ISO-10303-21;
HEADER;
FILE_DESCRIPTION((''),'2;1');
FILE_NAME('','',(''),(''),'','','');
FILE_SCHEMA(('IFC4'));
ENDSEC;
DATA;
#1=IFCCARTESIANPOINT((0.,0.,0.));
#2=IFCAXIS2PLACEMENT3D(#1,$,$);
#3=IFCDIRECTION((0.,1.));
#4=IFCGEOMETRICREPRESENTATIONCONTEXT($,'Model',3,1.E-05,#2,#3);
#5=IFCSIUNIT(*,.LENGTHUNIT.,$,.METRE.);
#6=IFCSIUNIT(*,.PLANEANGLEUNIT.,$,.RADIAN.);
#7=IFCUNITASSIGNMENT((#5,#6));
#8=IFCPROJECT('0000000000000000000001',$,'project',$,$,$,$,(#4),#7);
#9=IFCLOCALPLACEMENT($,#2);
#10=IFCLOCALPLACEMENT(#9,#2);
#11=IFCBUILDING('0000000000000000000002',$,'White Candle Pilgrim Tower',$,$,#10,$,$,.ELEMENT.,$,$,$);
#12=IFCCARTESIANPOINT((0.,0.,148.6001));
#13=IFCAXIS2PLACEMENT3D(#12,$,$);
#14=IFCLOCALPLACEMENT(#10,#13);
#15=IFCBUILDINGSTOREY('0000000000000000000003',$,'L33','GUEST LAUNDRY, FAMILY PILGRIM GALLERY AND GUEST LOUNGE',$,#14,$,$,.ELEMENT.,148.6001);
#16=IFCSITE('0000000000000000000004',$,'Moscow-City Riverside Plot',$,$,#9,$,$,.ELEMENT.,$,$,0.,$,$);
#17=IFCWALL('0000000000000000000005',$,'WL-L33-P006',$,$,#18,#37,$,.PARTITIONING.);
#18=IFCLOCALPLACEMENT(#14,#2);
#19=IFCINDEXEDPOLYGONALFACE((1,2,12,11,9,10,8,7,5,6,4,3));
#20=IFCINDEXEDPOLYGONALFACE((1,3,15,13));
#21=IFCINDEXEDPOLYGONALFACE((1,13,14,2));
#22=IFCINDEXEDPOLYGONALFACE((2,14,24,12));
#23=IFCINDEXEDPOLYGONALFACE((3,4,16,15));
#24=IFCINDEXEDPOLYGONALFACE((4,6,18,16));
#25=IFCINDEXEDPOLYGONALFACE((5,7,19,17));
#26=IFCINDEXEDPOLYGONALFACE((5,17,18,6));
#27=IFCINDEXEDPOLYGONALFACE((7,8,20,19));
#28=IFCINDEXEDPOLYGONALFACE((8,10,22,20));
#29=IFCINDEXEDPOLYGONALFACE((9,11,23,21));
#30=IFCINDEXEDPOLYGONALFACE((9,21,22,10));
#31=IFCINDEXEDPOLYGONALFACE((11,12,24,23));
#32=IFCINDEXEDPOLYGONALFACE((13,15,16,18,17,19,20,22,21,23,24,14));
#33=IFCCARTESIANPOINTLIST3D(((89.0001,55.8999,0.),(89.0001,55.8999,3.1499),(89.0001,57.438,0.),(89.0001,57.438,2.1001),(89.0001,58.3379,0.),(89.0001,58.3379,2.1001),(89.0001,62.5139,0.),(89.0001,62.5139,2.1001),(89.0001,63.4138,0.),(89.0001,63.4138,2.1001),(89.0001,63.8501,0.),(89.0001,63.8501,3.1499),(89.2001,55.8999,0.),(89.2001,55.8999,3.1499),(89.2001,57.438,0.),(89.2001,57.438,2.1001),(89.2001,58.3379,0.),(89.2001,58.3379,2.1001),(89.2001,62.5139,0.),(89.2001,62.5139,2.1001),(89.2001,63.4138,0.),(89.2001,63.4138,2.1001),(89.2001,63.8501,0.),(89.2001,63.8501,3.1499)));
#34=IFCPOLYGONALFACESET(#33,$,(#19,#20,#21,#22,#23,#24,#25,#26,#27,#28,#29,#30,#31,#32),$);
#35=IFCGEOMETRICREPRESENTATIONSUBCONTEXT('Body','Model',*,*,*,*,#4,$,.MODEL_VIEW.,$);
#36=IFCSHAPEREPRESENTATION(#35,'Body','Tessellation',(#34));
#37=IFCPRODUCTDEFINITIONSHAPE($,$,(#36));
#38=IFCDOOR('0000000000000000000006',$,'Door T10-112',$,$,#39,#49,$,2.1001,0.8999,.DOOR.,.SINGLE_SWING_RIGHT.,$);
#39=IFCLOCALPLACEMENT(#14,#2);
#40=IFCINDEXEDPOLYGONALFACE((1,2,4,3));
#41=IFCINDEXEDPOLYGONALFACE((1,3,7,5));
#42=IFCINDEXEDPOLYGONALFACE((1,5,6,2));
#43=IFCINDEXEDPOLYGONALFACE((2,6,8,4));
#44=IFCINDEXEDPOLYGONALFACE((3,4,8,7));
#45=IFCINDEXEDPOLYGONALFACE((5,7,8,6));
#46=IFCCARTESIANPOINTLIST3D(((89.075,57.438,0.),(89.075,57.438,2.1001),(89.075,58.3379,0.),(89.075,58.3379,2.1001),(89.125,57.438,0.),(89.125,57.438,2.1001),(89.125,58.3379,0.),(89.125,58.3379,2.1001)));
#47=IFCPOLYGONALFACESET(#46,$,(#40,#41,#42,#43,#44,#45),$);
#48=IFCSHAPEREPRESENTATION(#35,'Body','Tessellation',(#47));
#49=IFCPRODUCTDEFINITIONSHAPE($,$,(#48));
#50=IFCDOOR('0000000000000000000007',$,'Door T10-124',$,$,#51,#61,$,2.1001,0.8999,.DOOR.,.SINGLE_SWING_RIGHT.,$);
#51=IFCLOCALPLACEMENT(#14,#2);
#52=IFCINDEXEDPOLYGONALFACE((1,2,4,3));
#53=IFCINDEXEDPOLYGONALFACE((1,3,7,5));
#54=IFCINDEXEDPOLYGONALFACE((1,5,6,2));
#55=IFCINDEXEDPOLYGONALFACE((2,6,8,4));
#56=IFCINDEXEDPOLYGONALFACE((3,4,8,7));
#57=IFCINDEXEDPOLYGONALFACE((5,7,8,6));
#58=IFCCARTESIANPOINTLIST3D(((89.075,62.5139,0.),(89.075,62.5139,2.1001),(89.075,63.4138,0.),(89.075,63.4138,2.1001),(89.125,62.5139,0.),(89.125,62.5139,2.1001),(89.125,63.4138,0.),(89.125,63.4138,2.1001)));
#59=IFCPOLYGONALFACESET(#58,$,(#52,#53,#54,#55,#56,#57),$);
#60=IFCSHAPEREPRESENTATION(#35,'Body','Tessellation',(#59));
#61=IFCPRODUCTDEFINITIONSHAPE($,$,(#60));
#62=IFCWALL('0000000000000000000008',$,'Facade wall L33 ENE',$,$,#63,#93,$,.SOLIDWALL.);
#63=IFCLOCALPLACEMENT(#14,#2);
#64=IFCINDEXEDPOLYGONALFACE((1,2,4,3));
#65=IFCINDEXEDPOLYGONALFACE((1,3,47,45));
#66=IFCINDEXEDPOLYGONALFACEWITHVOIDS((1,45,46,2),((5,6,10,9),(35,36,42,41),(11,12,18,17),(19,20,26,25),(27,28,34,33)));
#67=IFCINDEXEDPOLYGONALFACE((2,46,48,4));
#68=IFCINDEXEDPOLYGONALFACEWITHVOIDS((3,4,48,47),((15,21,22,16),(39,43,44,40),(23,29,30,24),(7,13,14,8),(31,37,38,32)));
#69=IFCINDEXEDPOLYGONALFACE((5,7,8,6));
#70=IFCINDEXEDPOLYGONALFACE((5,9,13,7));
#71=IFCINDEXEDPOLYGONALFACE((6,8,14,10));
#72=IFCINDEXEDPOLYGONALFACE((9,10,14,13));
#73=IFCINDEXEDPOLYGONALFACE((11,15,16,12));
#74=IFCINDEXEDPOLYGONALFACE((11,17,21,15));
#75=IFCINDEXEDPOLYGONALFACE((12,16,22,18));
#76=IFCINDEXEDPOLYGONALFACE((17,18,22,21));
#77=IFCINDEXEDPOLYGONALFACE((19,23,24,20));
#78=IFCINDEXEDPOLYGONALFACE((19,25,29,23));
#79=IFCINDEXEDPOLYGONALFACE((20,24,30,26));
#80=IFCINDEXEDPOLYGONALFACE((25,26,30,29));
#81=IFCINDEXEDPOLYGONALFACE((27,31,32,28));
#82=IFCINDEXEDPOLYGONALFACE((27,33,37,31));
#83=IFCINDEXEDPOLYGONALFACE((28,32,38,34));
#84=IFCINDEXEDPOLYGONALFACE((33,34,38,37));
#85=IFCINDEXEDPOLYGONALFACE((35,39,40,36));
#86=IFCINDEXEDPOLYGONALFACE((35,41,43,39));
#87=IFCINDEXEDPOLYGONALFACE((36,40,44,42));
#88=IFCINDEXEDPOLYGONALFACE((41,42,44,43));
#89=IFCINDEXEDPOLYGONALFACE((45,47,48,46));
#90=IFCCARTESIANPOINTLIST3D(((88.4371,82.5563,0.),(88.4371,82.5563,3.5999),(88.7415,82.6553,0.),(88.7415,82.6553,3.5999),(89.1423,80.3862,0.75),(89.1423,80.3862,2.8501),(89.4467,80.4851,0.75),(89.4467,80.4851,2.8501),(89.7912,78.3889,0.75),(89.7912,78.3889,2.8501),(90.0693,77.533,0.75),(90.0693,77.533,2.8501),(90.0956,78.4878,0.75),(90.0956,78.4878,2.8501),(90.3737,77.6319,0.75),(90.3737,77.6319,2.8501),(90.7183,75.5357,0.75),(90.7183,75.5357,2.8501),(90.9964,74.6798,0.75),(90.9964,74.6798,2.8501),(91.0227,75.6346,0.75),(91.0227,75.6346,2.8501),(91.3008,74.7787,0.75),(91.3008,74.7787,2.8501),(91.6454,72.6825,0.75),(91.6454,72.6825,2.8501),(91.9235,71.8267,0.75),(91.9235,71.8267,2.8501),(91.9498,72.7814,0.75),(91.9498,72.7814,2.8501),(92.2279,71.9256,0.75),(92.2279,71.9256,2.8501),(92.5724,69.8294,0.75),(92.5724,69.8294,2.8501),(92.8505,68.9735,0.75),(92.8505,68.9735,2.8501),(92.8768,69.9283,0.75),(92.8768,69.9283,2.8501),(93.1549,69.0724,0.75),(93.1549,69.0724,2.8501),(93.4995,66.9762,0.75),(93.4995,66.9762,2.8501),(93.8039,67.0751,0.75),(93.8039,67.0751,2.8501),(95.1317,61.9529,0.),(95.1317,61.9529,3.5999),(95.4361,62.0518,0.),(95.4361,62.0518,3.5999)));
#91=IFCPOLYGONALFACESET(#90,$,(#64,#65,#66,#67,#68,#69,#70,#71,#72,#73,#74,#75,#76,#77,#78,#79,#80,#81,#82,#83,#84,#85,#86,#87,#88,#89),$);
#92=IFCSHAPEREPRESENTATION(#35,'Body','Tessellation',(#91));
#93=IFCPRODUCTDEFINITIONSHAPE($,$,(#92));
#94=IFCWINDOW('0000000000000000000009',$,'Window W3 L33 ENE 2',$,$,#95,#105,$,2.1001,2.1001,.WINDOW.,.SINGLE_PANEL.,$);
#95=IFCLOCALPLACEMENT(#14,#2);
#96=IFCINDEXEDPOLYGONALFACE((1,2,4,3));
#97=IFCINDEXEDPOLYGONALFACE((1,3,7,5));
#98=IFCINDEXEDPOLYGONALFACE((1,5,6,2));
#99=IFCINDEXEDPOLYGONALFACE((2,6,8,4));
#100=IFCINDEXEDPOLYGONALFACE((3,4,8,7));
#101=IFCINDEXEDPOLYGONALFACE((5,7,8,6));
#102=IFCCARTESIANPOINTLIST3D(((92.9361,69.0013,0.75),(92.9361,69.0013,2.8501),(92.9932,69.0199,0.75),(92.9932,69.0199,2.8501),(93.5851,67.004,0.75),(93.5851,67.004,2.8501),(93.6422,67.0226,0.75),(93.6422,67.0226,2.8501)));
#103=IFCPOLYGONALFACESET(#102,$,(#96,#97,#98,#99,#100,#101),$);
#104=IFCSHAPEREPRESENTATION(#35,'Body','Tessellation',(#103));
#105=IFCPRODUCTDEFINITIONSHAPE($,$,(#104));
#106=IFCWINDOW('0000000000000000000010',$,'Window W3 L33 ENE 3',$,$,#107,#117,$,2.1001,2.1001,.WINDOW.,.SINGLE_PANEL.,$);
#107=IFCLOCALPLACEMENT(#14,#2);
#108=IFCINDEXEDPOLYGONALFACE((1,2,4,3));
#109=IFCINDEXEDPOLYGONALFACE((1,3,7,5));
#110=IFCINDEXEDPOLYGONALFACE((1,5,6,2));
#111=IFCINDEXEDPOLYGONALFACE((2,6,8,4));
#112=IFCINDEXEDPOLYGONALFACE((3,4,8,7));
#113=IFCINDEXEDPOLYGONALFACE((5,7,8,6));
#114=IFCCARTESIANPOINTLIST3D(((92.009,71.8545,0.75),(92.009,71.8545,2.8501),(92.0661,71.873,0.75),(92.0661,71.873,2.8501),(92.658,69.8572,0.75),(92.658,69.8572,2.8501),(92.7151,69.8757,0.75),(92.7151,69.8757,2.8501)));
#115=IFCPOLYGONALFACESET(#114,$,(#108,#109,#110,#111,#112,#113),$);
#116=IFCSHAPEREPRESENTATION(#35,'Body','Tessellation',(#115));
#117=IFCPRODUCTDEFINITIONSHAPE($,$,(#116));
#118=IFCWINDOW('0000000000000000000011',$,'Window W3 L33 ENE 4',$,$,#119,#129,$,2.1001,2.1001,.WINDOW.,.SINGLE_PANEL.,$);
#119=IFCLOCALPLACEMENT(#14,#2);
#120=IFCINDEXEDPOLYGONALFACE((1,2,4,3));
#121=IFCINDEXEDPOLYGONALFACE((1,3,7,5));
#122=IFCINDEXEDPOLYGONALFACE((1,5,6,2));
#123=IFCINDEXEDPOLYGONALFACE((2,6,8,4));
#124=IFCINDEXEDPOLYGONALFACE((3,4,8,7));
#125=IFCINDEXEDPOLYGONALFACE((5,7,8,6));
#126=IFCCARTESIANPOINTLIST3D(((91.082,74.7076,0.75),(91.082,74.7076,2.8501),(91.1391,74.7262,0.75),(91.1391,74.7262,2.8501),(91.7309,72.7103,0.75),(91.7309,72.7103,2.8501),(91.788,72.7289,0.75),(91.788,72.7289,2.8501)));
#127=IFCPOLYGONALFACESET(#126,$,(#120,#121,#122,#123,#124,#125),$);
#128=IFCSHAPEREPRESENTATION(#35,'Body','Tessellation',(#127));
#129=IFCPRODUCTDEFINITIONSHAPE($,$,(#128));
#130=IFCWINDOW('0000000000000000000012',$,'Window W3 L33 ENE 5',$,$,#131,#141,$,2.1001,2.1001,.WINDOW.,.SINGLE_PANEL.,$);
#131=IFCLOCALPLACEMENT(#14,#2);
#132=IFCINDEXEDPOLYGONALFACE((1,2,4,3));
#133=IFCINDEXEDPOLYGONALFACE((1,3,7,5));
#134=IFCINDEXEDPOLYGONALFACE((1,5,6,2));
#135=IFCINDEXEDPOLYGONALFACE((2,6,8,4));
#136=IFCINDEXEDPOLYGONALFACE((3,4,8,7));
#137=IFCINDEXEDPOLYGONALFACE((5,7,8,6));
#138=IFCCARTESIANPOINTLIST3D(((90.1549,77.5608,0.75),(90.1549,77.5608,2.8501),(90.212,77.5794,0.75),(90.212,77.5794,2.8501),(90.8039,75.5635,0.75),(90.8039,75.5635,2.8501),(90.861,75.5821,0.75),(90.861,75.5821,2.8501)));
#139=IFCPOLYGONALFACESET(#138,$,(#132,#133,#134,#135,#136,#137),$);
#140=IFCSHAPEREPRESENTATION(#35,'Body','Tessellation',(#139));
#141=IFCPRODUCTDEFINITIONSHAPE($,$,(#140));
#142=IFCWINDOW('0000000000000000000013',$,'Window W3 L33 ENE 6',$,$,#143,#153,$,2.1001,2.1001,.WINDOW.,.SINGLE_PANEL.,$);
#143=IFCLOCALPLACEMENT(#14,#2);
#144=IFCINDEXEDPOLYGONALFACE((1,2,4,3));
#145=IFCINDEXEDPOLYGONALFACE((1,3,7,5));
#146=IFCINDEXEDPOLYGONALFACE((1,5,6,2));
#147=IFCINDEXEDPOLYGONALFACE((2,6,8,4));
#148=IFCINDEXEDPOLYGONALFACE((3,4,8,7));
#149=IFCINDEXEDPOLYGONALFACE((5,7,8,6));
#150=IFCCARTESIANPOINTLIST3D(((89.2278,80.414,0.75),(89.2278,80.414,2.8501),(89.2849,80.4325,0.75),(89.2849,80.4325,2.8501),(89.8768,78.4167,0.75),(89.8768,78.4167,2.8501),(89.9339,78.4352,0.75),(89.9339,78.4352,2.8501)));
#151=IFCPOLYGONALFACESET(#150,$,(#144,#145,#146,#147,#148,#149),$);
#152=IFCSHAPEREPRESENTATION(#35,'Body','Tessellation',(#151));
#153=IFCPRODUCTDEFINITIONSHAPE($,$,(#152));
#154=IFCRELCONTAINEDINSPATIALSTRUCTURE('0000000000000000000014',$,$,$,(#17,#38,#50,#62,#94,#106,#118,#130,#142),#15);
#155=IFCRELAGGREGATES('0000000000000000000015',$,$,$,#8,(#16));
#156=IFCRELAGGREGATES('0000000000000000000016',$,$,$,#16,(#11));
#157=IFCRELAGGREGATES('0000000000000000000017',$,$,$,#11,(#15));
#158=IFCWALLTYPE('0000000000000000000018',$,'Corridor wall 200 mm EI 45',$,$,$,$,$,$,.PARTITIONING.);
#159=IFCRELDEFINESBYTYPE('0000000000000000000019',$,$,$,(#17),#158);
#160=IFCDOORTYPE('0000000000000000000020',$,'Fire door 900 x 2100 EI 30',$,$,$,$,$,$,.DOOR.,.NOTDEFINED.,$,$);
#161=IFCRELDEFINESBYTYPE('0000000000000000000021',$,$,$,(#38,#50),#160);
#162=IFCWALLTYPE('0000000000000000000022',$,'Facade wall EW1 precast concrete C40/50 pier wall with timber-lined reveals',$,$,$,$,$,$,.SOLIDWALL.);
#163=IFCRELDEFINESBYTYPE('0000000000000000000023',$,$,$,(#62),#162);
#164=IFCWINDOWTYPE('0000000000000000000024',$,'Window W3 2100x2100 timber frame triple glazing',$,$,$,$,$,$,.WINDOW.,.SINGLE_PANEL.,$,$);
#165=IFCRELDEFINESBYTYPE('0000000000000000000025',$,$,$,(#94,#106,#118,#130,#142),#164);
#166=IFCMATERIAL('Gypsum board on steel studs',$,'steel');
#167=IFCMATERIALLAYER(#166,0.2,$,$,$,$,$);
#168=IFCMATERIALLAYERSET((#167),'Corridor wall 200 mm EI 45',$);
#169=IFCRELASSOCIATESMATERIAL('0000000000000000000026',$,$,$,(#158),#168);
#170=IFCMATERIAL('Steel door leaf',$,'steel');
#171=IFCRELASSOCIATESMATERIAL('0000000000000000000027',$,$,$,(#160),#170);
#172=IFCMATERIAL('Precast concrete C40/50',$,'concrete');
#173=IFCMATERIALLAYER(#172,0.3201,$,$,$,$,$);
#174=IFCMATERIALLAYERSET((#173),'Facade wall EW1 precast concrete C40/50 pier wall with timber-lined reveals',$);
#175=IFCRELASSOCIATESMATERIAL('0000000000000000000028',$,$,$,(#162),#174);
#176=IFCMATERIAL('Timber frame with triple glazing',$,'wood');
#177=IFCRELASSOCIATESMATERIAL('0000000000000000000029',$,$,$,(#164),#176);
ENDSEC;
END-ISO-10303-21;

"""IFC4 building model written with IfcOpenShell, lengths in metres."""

from ifc_helpers import new_model, si_unit, direction, frame, frame_2d, origin, place, context, subcontext, project, spatial, rectangle, extrude, material, layer, layer_set, type_object, element, fill, save


model = new_model("IFC4")

# Units and contexts
model_context = context("Model", 3, precision=1e-05, world=origin(), true_north=direction((0.0, 1.0)))
body_context = subcontext(model_context, "Body", "Model", "MODEL_VIEW")
ifc_project = project(units=[si_unit("LENGTHUNIT", "METRE"), si_unit("PLANEANGLEUNIT", "RADIAN")], contexts=[model_context])

# Site, building, storey
site_placement = place(None, origin())
site = spatial("IfcSite", under=ifc_project, at=site_placement, Name="Moscow-City Riverside Plot", CompositionType="ELEMENT", RefElevation=0.0)
building_placement = place(site_placement, origin())
building = spatial("IfcBuilding", under=site, at=building_placement, Name="White Candle Pilgrim Tower", CompositionType="ELEMENT")
storey_placement = place(building_placement, frame((0.0, 0.0, 148.6001)))
storey = spatial("IfcBuildingStorey", under=building, at=storey_placement, Name="L33", Description="GUEST LAUNDRY, FAMILY PILGRIM GALLERY AND GUEST LOUNGE", CompositionType="ELEMENT", Elevation=148.6001)

# Wall, openings, doors
ifc_material_1 = material(Name="Gypsum board on steel studs", Category="steel")
ifc_layer_1 = layer(ifc_material_1, 0.2)
ifc_layer_set_1 = layer_set([ifc_layer_1], Name="Corridor wall 200 mm EI 45")
wall_type_1 = type_object("IfcWallType", Name="Corridor wall 200 mm EI 45", PredefinedType="PARTITIONING", material=ifc_layer_set_1)
wall_1_placement = place(storey_placement, frame((89.1001, 63.8501, 0.0), z_axis=(0.0, 0.0, 1.0), x_axis=(0.0, -1.0, 0.0)))
wall_1 = element("IfcWall", 1, at=wall_1_placement, inside=storey, type_object=wall_type_1, Name="WL-L33-P006", PredefinedType="PARTITIONING", context=body_context, shape_type="SweptSolid", body=[
    extrude(rectangle(XDim=7.9502, YDim=0.2, at=frame_2d((3.9751, 0.0))), origin(), (0.0, 0.0, 1.0), 3.1499),
])
opening_1_placement = place(wall_1_placement, frame((5.5122, 0.0, 0.0)))
opening_1 = element("IfcOpeningElement", 2, at=opening_1_placement, cuts=wall_1, PredefinedType="OPENING", context=body_context, shape_type="SweptSolid", body=[
    extrude(rectangle(XDim=0.8999, YDim=2.1001, at=frame_2d((0.45, 1.05))), frame((0.0, 0.1099, 0.0), z_axis=(0.0, -1.0, 0.0), x_axis=(1.0, 0.0, 0.0)), (0.0, 0.0, 1.0), 0.22),
])
opening_2_placement = place(wall_1_placement, frame((0.4363, 0.0, 0.0)))
opening_2 = element("IfcOpeningElement", 3, at=opening_2_placement, cuts=wall_1, PredefinedType="OPENING", context=body_context, shape_type="SweptSolid", body=[
    extrude(rectangle(XDim=0.8999, YDim=2.1001, at=frame_2d((0.45, 1.05))), frame((0.0, 0.1099, 0.0), z_axis=(0.0, -1.0, 0.0), x_axis=(1.0, 0.0, 0.0)), (0.0, 0.0, 1.0), 0.22),
])
ifc_material_2 = material(Name="Steel door leaf", Category="steel")
door_type_1 = type_object("IfcDoorType", Name="Fire door 900 x 2100 EI 30", OperationType="NOTDEFINED", PredefinedType="DOOR", material=ifc_material_2)
door_1_placement = place(opening_1_placement, origin())
door_1 = element("IfcDoor", 4, at=door_1_placement, inside=storey, type_object=door_type_1, Name="Door T10-112", OperationType="SINGLE_SWING_RIGHT", OverallHeight=2.1001, OverallWidth=0.8999, PredefinedType="DOOR", context=body_context, shape_type="SweptSolid", body=[
    extrude(rectangle(XDim=0.8999, YDim=2.1001, at=frame_2d((0.45, 1.05))), frame((0.0, 0.0249, 0.0), z_axis=(0.0, -1.0, 0.0), x_axis=(1.0, 0.0, 0.0)), (0.0, 0.0, 1.0), 0.05),
])
fill(opening_1, door_1)
door_2_placement = place(opening_2_placement, origin())
door_2 = element("IfcDoor", 5, at=door_2_placement, inside=storey, type_object=door_type_1, Name="Door T10-124", OperationType="SINGLE_SWING_RIGHT", OverallHeight=2.1001, OverallWidth=0.8999, PredefinedType="DOOR", context=body_context, shape_type="SweptSolid", body=[
    extrude(rectangle(XDim=0.8999, YDim=2.1001, at=frame_2d((0.45, 1.05))), frame((0.0, 0.0249, 0.0), z_axis=(0.0, -1.0, 0.0), x_axis=(1.0, 0.0, 0.0)), (0.0, 0.0, 1.0), 0.05),
])
fill(opening_2, door_2)

# Wall, openings, windows
ifc_material_3 = material(Name="Precast concrete C40/50", Category="concrete")
ifc_layer_2 = layer(ifc_material_3, 0.3201)
ifc_layer_set_2 = layer_set([ifc_layer_2], Name="Facade wall EW1 precast concrete C40/50 pier wall with timber-lined reveals")
wall_type_2 = type_object("IfcWallType", Name="Facade wall EW1 precast concrete C40/50 pier wall with timber-lined reveals", PredefinedType="SOLIDWALL", material=ifc_layer_set_2)
wall_2_placement = place(storey_placement, frame((95.2839, 62.0022, 0.0), z_axis=(0.0, 0.0, 1.0), x_axis=(-0.309021, 0.951055, 0.0)))
wall_2 = element("IfcWall", 6, at=wall_2_placement, inside=storey, type_object=wall_type_2, Name="Facade wall L33 ENE", PredefinedType="SOLIDWALL", context=body_context, shape_type="SweptSolid", body=[
    extrude(rectangle(XDim=21.6638, YDim=0.3201, at=frame_2d((10.832, 0.0))), origin(), (0.0, 0.0, 1.0), 3.5999),
])
opening_3_placement = place(wall_2_placement, frame((5.282, 0.0, 0.75)))
opening_3 = element("IfcOpeningElement", 7, at=opening_3_placement, cuts=wall_2, PredefinedType="OPENING", context=body_context, shape_type="SweptSolid", body=[
    extrude(rectangle(XDim=2.1001, YDim=2.1001, at=frame_2d((1.05, 1.05))), frame((0.0, 0.1699, 0.0), z_axis=(0.0, -1.0, 0.0), x_axis=(1.0, 0.0, 0.0)), (0.0, 0.0, 1.0), 0.3401),
])
opening_4_placement = place(wall_2_placement, frame((8.282, 0.0, 0.75)))
opening_4 = element("IfcOpeningElement", 8, at=opening_4_placement, cuts=wall_2, PredefinedType="OPENING", context=body_context, shape_type="SweptSolid", body=[
    extrude(rectangle(XDim=2.1001, YDim=2.1001, at=frame_2d((1.05, 1.05))), frame((0.0, 0.1699, 0.0), z_axis=(0.0, -1.0, 0.0), x_axis=(1.0, 0.0, 0.0)), (0.0, 0.0, 1.0), 0.3401),
])
opening_5_placement = place(wall_2_placement, frame((11.282, 0.0, 0.75)))
opening_5 = element("IfcOpeningElement", 9, at=opening_5_placement, cuts=wall_2, PredefinedType="OPENING", context=body_context, shape_type="SweptSolid", body=[
    extrude(rectangle(XDim=2.1001, YDim=2.1001, at=frame_2d((1.05, 1.05))), frame((0.0, 0.1699, 0.0), z_axis=(0.0, -1.0, 0.0), x_axis=(1.0, 0.0, 0.0)), (0.0, 0.0, 1.0), 0.3401),
])
opening_6_placement = place(wall_2_placement, frame((14.282, 0.0, 0.75)))
opening_6 = element("IfcOpeningElement", 10, at=opening_6_placement, cuts=wall_2, PredefinedType="OPENING", context=body_context, shape_type="SweptSolid", body=[
    extrude(rectangle(XDim=2.1001, YDim=2.1001, at=frame_2d((1.05, 1.05))), frame((0.0, 0.1699, 0.0), z_axis=(0.0, -1.0, 0.0), x_axis=(1.0, 0.0, 0.0)), (0.0, 0.0, 1.0), 0.3401),
])
opening_7_placement = place(wall_2_placement, frame((17.282, 0.0, 0.75)))
opening_7 = element("IfcOpeningElement", 11, at=opening_7_placement, cuts=wall_2, PredefinedType="OPENING", context=body_context, shape_type="SweptSolid", body=[
    extrude(rectangle(XDim=2.1001, YDim=2.1001, at=frame_2d((1.05, 1.05))), frame((0.0, 0.1699, 0.0), z_axis=(0.0, -1.0, 0.0), x_axis=(1.0, 0.0, 0.0)), (0.0, 0.0, 1.0), 0.3401),
])
ifc_material_4 = material(Name="Timber frame with triple glazing", Category="wood")
window_type = type_object("IfcWindowType", Name="Window W3 2100x2100 timber frame triple glazing", PartitioningType="SINGLE_PANEL", PredefinedType="WINDOW", material=ifc_material_4)
window_1_placement = place(opening_3_placement, origin())
window_1 = element("IfcWindow", 12, at=window_1_placement, inside=storey, type_object=window_type, Name="Window W3 L33 ENE 2", OverallHeight=2.1001, OverallWidth=2.1001, PartitioningType="SINGLE_PANEL", PredefinedType="WINDOW", context=body_context, shape_type="SweptSolid", body=[
    extrude(rectangle(XDim=2.1001, YDim=2.1001, at=frame_2d((1.05, 1.05))), frame((0.0, 0.0701, 0.0), z_axis=(0.0, -1.0, 0.0), x_axis=(1.0, 0.0, 0.0)), (0.0, 0.0, 1.0), 0.0601),
])
fill(opening_3, window_1)
window_2_placement = place(opening_4_placement, origin())
window_2 = element("IfcWindow", 13, at=window_2_placement, inside=storey, type_object=window_type, Name="Window W3 L33 ENE 3", OverallHeight=2.1001, OverallWidth=2.1001, PartitioningType="SINGLE_PANEL", PredefinedType="WINDOW", context=body_context, shape_type="SweptSolid", body=[
    extrude(rectangle(XDim=2.1001, YDim=2.1001, at=frame_2d((1.05, 1.05))), frame((0.0, 0.0701, 0.0), z_axis=(0.0, -1.0, 0.0), x_axis=(1.0, 0.0, 0.0)), (0.0, 0.0, 1.0), 0.0601),
])
fill(opening_4, window_2)
window_3_placement = place(opening_5_placement, origin())
window_3 = element("IfcWindow", 14, at=window_3_placement, inside=storey, type_object=window_type, Name="Window W3 L33 ENE 4", OverallHeight=2.1001, OverallWidth=2.1001, PartitioningType="SINGLE_PANEL", PredefinedType="WINDOW", context=body_context, shape_type="SweptSolid", body=[
    extrude(rectangle(XDim=2.1001, YDim=2.1001, at=frame_2d((1.05, 1.05))), frame((0.0, 0.0701, 0.0), z_axis=(0.0, -1.0, 0.0), x_axis=(1.0, 0.0, 0.0)), (0.0, 0.0, 1.0), 0.0601),
])
fill(opening_5, window_3)
window_4_placement = place(opening_6_placement, origin())
window_4 = element("IfcWindow", 15, at=window_4_placement, inside=storey, type_object=window_type, Name="Window W3 L33 ENE 5", OverallHeight=2.1001, OverallWidth=2.1001, PartitioningType="SINGLE_PANEL", PredefinedType="WINDOW", context=body_context, shape_type="SweptSolid", body=[
    extrude(rectangle(XDim=2.1001, YDim=2.1001, at=frame_2d((1.05, 1.05))), frame((0.0, 0.0701, 0.0), z_axis=(0.0, -1.0, 0.0), x_axis=(1.0, 0.0, 0.0)), (0.0, 0.0, 1.0), 0.0601),
])
fill(opening_6, window_4)
window_5_placement = place(opening_7_placement, origin())
window_5 = element("IfcWindow", 16, at=window_5_placement, inside=storey, type_object=window_type, Name="Window W3 L33 ENE 6", OverallHeight=2.1001, OverallWidth=2.1001, PartitioningType="SINGLE_PANEL", PredefinedType="WINDOW", context=body_context, shape_type="SweptSolid", body=[
    extrude(rectangle(XDim=2.1001, YDim=2.1001, at=frame_2d((1.05, 1.05))), frame((0.0, 0.0701, 0.0), z_axis=(0.0, -1.0, 0.0), x_axis=(1.0, 0.0, 0.0)), (0.0, 0.0, 1.0), 0.0601),
])
fill(opening_7, window_5)

save(model, "model.ifc")
